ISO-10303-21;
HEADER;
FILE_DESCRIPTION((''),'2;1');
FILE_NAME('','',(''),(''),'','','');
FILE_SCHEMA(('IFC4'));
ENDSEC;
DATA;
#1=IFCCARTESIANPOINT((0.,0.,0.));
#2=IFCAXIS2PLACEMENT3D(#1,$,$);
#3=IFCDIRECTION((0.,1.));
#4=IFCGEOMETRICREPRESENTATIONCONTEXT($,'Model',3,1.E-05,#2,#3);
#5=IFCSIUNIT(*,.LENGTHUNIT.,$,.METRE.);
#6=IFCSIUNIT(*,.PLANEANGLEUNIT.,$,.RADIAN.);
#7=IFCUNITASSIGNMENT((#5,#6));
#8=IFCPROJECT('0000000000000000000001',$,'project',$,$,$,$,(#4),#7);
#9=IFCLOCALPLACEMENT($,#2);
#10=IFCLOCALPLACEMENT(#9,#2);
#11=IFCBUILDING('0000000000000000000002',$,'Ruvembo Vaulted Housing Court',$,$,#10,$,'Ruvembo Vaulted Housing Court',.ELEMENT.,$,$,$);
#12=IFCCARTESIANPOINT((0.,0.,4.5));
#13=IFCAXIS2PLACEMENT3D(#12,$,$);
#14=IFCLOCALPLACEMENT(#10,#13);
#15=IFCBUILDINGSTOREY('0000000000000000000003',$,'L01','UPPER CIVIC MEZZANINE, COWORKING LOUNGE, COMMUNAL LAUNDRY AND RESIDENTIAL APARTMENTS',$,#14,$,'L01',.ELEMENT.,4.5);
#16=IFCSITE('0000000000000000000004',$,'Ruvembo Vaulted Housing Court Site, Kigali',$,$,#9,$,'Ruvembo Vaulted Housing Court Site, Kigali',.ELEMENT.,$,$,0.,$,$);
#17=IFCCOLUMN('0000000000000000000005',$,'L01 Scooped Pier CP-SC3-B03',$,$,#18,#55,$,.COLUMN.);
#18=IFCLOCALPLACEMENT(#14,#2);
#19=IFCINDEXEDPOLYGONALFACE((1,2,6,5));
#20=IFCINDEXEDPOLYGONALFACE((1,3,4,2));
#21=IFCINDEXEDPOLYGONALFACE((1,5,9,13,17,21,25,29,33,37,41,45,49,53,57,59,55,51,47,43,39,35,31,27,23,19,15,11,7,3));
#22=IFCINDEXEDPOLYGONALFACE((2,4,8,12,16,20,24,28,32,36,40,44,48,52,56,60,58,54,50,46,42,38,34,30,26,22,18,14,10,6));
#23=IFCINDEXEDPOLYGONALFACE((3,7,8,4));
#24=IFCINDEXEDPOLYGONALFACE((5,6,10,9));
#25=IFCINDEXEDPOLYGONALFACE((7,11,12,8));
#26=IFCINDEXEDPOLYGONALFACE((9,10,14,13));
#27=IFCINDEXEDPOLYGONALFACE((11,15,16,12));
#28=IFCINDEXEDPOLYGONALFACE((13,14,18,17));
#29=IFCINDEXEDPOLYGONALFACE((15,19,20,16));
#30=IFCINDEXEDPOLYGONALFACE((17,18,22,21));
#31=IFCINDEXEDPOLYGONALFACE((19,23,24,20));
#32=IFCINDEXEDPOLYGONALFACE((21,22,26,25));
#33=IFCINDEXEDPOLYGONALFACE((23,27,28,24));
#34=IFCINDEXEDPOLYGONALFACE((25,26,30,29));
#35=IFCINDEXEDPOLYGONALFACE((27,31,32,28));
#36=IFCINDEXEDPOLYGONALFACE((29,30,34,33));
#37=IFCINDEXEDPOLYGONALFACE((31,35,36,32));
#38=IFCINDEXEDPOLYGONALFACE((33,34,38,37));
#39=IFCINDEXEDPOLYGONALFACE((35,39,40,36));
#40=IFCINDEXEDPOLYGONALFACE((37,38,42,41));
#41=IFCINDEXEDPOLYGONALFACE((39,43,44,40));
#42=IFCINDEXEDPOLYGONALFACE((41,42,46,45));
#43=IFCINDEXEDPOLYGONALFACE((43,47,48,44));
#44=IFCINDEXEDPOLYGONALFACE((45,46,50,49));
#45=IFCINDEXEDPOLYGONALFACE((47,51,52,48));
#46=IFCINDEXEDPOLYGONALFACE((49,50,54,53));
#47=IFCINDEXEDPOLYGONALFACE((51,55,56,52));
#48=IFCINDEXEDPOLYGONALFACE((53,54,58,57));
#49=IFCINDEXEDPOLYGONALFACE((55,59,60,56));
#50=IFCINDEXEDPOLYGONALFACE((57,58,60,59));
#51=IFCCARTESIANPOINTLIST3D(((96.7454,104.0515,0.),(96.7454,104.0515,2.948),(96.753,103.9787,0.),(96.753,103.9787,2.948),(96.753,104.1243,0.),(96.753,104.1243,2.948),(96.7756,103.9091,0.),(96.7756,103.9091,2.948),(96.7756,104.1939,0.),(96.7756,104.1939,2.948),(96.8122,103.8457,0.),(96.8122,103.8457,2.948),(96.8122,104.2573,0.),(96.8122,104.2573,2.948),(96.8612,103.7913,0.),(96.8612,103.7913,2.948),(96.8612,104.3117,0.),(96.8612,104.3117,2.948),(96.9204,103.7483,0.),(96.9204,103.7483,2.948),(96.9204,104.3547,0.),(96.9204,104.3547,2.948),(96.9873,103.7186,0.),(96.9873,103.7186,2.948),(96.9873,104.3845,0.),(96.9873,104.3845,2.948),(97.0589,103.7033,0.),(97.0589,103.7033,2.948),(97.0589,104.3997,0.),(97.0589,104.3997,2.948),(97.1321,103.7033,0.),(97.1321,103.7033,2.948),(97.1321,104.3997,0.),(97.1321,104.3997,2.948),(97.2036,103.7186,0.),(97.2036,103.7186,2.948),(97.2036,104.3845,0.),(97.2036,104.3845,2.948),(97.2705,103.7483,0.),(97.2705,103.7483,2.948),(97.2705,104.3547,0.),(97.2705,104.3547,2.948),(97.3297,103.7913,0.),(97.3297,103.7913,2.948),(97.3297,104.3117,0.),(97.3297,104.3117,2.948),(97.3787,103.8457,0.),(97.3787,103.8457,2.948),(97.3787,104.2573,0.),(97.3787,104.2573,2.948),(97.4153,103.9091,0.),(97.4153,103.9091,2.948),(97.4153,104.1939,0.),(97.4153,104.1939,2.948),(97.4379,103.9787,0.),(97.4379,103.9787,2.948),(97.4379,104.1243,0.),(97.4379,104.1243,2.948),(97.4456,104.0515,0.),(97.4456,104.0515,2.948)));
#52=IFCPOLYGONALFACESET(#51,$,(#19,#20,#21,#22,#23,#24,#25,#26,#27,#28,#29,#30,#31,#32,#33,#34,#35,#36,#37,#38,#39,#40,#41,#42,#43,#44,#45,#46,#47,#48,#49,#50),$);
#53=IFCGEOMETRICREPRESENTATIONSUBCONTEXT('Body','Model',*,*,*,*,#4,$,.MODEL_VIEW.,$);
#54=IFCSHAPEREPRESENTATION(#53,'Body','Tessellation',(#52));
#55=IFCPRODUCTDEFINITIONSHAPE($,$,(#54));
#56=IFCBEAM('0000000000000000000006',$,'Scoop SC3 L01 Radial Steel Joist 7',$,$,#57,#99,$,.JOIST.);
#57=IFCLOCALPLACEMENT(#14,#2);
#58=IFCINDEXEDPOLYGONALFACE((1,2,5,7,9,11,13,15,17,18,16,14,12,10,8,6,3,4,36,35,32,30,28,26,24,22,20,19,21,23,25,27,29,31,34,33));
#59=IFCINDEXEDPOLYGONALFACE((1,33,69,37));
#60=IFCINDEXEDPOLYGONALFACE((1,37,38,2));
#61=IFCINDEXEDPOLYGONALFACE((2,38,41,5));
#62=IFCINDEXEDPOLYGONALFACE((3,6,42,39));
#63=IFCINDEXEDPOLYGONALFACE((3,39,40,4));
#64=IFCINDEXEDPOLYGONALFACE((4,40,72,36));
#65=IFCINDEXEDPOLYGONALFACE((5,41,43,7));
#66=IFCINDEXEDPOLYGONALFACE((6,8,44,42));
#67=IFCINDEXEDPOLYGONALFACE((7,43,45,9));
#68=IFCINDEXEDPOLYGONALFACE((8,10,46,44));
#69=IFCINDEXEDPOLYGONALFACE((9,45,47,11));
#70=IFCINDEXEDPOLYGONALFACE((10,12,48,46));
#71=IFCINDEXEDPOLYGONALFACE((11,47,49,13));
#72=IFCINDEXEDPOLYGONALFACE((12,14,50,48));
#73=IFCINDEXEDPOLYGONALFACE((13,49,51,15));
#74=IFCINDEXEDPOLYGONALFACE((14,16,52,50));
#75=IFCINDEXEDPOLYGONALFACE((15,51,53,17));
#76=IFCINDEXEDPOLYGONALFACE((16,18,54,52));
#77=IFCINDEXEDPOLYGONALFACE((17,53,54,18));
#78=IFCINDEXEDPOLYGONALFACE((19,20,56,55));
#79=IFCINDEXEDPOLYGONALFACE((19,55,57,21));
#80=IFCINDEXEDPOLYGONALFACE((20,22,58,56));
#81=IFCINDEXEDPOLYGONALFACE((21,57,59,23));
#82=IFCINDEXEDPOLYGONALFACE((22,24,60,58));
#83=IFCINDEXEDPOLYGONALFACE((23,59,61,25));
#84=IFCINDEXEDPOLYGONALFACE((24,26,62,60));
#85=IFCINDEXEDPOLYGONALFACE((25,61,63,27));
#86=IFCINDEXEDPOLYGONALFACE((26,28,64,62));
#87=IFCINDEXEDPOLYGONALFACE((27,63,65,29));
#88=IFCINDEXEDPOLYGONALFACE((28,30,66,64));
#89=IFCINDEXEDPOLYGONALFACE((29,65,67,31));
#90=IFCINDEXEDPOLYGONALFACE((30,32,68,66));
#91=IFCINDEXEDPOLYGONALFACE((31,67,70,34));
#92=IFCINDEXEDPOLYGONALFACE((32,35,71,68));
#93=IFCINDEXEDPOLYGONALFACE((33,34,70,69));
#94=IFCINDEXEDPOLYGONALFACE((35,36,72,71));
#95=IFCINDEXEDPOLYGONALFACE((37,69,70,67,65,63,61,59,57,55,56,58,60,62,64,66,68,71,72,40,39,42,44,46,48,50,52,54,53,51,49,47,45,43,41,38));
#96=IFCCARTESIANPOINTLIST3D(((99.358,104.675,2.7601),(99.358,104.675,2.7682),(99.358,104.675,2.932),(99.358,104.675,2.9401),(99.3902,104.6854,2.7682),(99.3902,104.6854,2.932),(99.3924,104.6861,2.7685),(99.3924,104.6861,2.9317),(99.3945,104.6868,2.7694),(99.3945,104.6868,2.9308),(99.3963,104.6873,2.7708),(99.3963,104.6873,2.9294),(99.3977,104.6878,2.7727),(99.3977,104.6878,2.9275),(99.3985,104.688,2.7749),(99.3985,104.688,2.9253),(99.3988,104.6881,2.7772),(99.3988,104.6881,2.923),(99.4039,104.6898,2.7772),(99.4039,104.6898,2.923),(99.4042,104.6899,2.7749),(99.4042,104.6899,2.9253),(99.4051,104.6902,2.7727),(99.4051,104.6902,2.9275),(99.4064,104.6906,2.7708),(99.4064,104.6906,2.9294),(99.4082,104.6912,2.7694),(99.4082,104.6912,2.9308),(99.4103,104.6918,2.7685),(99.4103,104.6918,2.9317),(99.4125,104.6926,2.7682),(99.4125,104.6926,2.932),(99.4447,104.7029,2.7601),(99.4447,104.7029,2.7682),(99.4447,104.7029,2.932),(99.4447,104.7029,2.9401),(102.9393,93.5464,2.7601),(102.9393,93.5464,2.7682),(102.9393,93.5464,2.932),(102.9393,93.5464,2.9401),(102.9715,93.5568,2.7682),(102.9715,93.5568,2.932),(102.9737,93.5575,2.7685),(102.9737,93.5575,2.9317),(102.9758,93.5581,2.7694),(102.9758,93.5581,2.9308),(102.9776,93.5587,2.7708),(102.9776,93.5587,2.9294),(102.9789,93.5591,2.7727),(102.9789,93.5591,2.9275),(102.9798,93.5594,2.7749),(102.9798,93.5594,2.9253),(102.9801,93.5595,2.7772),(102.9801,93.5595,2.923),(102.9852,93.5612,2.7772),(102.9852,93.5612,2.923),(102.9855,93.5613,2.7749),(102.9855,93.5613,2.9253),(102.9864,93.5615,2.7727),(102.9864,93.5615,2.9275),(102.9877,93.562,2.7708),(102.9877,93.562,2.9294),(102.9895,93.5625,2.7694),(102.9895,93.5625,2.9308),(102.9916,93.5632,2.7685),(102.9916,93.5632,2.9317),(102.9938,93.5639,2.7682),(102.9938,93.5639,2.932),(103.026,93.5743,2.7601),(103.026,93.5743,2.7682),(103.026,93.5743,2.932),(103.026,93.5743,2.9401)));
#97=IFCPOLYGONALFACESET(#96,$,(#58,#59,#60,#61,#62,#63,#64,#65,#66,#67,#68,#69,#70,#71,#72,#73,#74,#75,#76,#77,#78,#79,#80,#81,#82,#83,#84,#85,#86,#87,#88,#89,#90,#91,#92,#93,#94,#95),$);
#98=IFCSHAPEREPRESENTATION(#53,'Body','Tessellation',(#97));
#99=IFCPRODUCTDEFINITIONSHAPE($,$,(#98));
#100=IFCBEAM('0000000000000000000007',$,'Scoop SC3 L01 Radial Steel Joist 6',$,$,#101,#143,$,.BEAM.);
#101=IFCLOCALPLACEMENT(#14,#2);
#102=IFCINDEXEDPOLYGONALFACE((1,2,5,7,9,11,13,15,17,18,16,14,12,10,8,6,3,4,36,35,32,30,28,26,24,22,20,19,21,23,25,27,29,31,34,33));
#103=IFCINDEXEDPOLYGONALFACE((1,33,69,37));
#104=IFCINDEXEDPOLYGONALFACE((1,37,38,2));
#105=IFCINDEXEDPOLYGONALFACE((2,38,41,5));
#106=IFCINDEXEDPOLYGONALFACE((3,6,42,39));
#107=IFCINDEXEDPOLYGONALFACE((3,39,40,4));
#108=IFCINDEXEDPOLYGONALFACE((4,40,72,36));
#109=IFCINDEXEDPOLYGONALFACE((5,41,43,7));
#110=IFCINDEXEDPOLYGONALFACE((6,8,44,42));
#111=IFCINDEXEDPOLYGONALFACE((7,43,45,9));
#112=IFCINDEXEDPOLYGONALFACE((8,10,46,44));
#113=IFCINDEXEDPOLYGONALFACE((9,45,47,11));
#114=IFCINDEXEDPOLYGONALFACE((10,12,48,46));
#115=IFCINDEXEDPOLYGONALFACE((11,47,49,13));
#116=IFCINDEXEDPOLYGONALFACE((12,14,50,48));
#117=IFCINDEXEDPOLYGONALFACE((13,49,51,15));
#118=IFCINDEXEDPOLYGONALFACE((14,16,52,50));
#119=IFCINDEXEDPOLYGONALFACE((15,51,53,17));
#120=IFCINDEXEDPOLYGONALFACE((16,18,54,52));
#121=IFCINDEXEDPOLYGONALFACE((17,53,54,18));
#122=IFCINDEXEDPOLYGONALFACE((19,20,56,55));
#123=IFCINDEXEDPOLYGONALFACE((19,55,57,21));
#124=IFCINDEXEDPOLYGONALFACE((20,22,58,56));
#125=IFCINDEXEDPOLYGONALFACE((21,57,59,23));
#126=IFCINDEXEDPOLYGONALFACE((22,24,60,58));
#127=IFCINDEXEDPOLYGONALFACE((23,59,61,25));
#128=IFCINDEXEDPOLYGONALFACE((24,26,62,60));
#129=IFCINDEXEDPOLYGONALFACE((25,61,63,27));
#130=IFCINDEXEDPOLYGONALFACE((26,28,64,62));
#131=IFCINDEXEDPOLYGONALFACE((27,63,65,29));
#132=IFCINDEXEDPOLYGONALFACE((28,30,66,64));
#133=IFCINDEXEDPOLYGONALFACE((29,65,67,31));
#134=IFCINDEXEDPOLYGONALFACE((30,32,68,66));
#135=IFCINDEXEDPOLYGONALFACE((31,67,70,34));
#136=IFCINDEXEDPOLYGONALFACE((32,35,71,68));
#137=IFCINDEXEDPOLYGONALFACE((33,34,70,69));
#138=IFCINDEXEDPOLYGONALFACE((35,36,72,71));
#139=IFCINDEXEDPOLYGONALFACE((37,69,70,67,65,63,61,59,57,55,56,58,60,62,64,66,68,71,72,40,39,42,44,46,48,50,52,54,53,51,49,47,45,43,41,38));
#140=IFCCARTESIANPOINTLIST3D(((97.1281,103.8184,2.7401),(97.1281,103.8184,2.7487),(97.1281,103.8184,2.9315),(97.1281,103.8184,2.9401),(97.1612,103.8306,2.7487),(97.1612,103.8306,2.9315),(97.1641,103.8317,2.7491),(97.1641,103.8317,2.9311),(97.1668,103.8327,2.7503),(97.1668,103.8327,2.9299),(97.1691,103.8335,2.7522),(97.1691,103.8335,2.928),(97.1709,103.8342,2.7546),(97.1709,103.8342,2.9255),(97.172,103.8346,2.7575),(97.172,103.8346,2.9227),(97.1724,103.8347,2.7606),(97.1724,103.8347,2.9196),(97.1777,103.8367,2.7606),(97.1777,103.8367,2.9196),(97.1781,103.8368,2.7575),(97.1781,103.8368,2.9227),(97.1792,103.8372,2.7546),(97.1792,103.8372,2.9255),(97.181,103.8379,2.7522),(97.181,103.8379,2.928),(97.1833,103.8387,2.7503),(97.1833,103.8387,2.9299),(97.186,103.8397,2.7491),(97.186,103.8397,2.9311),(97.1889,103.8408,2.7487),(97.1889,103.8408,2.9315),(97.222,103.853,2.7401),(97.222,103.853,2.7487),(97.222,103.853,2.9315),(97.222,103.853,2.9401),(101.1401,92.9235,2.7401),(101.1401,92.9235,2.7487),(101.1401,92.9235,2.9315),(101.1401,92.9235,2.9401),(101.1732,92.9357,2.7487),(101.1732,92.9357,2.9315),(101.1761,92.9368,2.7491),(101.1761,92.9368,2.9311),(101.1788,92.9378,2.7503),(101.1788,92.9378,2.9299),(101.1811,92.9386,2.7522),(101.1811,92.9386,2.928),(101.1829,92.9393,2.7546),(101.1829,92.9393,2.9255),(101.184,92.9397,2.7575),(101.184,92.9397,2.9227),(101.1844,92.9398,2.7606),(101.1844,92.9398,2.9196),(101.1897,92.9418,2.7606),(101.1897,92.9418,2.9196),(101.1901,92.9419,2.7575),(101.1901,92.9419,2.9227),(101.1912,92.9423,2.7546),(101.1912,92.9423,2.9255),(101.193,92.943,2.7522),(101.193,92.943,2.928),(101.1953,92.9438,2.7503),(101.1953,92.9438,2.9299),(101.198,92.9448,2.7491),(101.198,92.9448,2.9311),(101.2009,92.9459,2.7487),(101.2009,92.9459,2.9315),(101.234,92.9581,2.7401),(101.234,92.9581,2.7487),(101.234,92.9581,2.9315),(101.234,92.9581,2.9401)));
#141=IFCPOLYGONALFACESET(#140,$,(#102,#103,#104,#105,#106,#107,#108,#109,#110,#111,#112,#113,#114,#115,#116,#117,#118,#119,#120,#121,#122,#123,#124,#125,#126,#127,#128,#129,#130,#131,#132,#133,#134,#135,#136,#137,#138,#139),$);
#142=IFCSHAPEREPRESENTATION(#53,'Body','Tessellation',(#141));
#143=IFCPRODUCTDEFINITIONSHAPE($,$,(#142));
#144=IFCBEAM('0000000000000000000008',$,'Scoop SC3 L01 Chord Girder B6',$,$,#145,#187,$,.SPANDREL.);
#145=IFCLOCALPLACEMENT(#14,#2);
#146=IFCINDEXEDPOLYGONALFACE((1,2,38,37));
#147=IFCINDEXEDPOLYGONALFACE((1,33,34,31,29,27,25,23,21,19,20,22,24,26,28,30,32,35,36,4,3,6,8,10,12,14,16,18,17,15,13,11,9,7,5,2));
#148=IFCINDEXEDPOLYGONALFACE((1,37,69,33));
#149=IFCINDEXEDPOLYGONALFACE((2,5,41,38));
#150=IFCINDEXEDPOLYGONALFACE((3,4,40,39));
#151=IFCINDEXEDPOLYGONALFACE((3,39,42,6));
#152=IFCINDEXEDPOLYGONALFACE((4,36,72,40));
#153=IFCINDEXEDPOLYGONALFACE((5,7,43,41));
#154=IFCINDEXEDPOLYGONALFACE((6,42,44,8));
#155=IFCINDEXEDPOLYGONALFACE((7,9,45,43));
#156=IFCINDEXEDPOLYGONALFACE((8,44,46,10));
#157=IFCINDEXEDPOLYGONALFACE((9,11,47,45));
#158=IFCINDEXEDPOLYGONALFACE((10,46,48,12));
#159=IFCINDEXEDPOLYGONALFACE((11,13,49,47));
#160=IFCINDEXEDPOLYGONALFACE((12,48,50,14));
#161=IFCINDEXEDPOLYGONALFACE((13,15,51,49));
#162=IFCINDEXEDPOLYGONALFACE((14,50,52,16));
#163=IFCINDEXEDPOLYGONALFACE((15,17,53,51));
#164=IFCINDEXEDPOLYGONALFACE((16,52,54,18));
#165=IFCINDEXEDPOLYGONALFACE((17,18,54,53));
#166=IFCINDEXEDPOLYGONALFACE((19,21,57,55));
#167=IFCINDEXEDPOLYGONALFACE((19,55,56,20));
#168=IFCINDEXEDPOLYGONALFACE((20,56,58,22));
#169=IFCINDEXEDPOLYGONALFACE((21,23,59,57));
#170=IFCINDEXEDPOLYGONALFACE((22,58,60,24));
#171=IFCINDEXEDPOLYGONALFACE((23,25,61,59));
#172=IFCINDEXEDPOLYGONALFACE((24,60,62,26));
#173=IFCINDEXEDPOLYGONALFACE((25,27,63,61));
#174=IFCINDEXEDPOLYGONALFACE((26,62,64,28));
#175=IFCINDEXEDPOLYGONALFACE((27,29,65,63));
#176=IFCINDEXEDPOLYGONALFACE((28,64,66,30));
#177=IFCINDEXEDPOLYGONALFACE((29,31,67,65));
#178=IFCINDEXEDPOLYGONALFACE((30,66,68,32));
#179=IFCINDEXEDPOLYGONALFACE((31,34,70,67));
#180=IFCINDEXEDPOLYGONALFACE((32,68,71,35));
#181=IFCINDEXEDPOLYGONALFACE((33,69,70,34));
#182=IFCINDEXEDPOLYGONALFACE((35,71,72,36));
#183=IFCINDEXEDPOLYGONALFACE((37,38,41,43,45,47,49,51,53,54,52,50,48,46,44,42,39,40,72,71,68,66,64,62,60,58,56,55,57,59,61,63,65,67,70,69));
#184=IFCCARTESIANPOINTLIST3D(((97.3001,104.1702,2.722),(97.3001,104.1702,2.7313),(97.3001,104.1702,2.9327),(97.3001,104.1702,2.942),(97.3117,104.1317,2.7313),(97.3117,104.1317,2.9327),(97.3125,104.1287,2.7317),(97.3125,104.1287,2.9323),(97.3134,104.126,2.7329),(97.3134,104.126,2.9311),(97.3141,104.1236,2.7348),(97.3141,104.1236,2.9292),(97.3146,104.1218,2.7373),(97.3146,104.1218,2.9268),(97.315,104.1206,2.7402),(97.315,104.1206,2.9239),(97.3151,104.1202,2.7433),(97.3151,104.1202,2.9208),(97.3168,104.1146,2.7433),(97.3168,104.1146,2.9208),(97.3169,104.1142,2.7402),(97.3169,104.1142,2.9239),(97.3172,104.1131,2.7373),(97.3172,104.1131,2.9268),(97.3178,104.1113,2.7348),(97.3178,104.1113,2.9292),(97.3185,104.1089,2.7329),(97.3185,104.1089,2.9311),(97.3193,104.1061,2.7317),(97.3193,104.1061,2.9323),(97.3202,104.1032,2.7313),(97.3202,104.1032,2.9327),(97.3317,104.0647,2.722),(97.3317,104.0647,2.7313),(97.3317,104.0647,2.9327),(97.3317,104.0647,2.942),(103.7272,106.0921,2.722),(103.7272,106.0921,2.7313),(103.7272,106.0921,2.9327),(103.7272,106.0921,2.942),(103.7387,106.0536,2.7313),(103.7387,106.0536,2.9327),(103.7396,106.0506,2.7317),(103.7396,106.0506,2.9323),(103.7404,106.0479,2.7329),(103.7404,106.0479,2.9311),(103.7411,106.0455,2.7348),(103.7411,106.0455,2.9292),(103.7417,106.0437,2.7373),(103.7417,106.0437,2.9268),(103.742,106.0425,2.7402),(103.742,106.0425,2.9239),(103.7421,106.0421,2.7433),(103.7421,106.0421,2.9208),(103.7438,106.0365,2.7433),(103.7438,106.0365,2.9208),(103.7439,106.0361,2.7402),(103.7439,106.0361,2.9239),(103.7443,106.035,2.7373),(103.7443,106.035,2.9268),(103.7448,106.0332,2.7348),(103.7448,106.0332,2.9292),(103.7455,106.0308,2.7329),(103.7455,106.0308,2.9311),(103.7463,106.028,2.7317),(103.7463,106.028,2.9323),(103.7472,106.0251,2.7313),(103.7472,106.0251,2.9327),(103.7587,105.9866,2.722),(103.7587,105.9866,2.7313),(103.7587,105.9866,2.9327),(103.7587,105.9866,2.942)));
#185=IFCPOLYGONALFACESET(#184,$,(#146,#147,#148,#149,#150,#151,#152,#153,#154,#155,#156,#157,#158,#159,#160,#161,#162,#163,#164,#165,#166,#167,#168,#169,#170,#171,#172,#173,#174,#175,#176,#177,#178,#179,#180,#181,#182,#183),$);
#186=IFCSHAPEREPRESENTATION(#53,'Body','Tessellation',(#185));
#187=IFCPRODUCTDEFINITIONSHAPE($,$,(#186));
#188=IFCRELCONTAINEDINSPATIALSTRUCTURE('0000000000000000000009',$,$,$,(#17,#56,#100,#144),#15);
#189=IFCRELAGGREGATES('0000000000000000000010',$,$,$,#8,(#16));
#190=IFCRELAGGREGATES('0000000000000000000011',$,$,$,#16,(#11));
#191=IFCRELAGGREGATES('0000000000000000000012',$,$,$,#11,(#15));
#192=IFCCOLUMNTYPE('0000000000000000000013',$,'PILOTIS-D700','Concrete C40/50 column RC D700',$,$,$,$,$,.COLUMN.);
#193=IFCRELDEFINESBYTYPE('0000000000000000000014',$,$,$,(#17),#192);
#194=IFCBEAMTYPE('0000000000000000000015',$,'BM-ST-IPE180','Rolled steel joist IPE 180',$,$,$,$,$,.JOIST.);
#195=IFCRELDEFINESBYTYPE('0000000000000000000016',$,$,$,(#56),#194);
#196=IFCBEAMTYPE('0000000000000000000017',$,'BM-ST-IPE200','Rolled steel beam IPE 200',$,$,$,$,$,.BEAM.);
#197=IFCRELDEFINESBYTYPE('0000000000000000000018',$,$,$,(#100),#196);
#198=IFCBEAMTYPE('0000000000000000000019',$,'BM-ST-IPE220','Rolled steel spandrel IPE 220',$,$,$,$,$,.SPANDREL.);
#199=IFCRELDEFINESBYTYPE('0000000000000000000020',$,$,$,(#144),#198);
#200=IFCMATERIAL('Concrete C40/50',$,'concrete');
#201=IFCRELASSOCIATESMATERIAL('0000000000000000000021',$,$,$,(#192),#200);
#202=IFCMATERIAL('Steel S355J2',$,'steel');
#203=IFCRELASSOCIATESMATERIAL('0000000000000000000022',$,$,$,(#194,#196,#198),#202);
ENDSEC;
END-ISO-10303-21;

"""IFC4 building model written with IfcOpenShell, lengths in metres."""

from ifc_helpers import new_model, si_unit, direction, frame, origin, origin_2d, place, context, subcontext, project, spatial, circle, i_section, extrude, material, material_profile, profile_set, type_object, element, save


model = new_model("IFC4")

# Units and contexts
model_context = context("Model", 3, precision=1e-05, world=origin(), true_north=direction((0.0, 1.0)))
body_context = subcontext(model_context, "Body", "Model", "MODEL_VIEW")
ifc_project = project(units=[si_unit("LENGTHUNIT", "METRE"), si_unit("PLANEANGLEUNIT", "RADIAN")], contexts=[model_context])

# Site, building, storey
site_placement = place(None, origin())
site = spatial("IfcSite", under=ifc_project, at=site_placement, Name="Ruvembo Vaulted Housing Court Site, Kigali", LongName="Ruvembo Vaulted Housing Court Site, Kigali", CompositionType="ELEMENT", RefElevation=0.0)
building_placement = place(site_placement, origin())
building = spatial("IfcBuilding", under=site, at=building_placement, Name="Ruvembo Vaulted Housing Court", LongName="Ruvembo Vaulted Housing Court", CompositionType="ELEMENT")
storey_placement = place(building_placement, frame((0.0, 0.0, 4.5)))
storey = spatial("IfcBuildingStorey", under=building, at=storey_placement, Name="L01", Description="UPPER CIVIC MEZZANINE, COWORKING LOUNGE, COMMUNAL LAUNDRY AND RESIDENTIAL APARTMENTS", LongName="L01", CompositionType="ELEMENT", Elevation=4.5)

# Column
ifc_material_1 = material(Name="Concrete C40/50", Category="concrete")
ifc_material_profile_1 = material_profile(ifc_material_1, circle(Radius=0.3501, at=origin_2d()), Name="RC D700")
ifc_profile_set_1 = profile_set([ifc_material_profile_1], Name="Concrete C40/50")
column_type = type_object("IfcColumnType", Name="PILOTIS-D700", Description="Concrete C40/50 column RC D700", PredefinedType="COLUMN", material=ifc_profile_set_1)
column_placement = place(storey_placement, frame((97.0955, 104.0515, 0.0), z_axis=(0.0, 0.0, 1.0), x_axis=(1.0, 0.0, 0.0)))
element("IfcColumn", 1, at=column_placement, inside=storey, type_object=column_type, Name="L01 Scooped Pier CP-SC3-B03", PredefinedType="COLUMN", context=body_context, shape_type="SweptSolid", body=[
    extrude(circle(Radius=0.3501, at=origin_2d()), origin(), (0.0, 0.0, 1.0), 2.948),
])

# Beams
ifc_material_2 = material(Name="Steel S355J2", Category="steel")
ifc_material_profile_2 = material_profile(ifc_material_2, i_section(OverallWidth=0.0911, OverallDepth=0.1799, WebThickness=0.0054, FlangeThickness=0.0081, FilletRadius=0.009, at=origin_2d()), Name="IPE 180")
ifc_profile_set_2 = profile_set([ifc_material_profile_2], Name="Steel S355J2")
beam_type_1 = type_object("IfcBeamType", Name="BM-ST-IPE180", Description="Rolled steel joist IPE 180", PredefinedType="JOIST", material=ifc_profile_set_2)
beam_1_placement = place(storey_placement, frame((99.4014, 104.689, 2.8501), z_axis=(0.306337, -0.951923, 0.0), x_axis=(0.951923, 0.306337, 0.0)))
element("IfcBeam", 2, at=beam_1_placement, inside=storey, type_object=beam_type_1, Name="Scoop SC3 L01 Radial Steel Joist 7", PredefinedType="JOIST", context=body_context, shape_type="SweptSolid", body=[
    extrude(i_section(OverallWidth=0.0911, OverallDepth=0.1799, WebThickness=0.0054, FlangeThickness=0.0081, FilletRadius=0.009, at=origin_2d()), origin(), (0.0, 0.0, 1.0), 11.6907),
])
ifc_material_profile_3 = material_profile(ifc_material_2, i_section(OverallWidth=0.1001, OverallDepth=0.2, WebThickness=0.0056, FlangeThickness=0.0085, FilletRadius=0.012, at=origin_2d()), Name="IPE 200")
ifc_profile_set_3 = profile_set([ifc_material_profile_3], Name="Steel S355J2")
beam_type_2 = type_object("IfcBeamType", Name="BM-ST-IPE200", Description="Rolled steel beam IPE 200", PredefinedType="BEAM", material=ifc_profile_set_3)
beam_2_placement = place(storey_placement, frame((97.175, 103.8357, 2.8401), z_axis=(0.345561, -0.938396, 0.0), x_axis=(0.938396, 0.345561, 0.0)))
element("IfcBeam", 3, at=beam_2_placement, inside=storey, type_object=beam_type_2, Name="Scoop SC3 L01 Radial Steel Joist 6", PredefinedType="BEAM", context=body_context, shape_type="SweptSolid", body=[
    extrude(i_section(OverallWidth=0.1001, OverallDepth=0.2, WebThickness=0.0056, FlangeThickness=0.0085, FilletRadius=0.012, at=origin_2d()), origin(), (0.0, 0.0, 1.0), 11.6101),
])
ifc_material_profile_4 = material_profile(ifc_material_2, i_section(OverallWidth=0.1101, OverallDepth=0.22, WebThickness=0.0059, FlangeThickness=0.0093, FilletRadius=0.012, at=origin_2d()), Name="IPE 220")
ifc_profile_set_4 = profile_set([ifc_material_profile_4], Name="Steel S355J2")
beam_type_3 = type_object("IfcBeamType", Name="BM-ST-IPE220", Description="Rolled steel spandrel IPE 220", PredefinedType="SPANDREL", material=ifc_profile_set_4)
beam_3_placement = place(storey_placement, frame((97.3159, 104.1174, 2.832), z_axis=(0.958081, 0.286496, 0.0), x_axis=(-0.286496, 0.958081, 0.0)))
element("IfcBeam", 4, at=beam_3_placement, inside=storey, type_object=beam_type_3, Name="Scoop SC3 L01 Chord Girder B6", PredefinedType="SPANDREL", context=body_context, shape_type="SweptSolid", body=[
    extrude(i_section(OverallWidth=0.1101, OverallDepth=0.22, WebThickness=0.0059, FlangeThickness=0.0093, FilletRadius=0.012, at=origin_2d()), origin(), (0.0, 0.0, 1.0), 6.7083),
])

save(model, "model.ifc")
